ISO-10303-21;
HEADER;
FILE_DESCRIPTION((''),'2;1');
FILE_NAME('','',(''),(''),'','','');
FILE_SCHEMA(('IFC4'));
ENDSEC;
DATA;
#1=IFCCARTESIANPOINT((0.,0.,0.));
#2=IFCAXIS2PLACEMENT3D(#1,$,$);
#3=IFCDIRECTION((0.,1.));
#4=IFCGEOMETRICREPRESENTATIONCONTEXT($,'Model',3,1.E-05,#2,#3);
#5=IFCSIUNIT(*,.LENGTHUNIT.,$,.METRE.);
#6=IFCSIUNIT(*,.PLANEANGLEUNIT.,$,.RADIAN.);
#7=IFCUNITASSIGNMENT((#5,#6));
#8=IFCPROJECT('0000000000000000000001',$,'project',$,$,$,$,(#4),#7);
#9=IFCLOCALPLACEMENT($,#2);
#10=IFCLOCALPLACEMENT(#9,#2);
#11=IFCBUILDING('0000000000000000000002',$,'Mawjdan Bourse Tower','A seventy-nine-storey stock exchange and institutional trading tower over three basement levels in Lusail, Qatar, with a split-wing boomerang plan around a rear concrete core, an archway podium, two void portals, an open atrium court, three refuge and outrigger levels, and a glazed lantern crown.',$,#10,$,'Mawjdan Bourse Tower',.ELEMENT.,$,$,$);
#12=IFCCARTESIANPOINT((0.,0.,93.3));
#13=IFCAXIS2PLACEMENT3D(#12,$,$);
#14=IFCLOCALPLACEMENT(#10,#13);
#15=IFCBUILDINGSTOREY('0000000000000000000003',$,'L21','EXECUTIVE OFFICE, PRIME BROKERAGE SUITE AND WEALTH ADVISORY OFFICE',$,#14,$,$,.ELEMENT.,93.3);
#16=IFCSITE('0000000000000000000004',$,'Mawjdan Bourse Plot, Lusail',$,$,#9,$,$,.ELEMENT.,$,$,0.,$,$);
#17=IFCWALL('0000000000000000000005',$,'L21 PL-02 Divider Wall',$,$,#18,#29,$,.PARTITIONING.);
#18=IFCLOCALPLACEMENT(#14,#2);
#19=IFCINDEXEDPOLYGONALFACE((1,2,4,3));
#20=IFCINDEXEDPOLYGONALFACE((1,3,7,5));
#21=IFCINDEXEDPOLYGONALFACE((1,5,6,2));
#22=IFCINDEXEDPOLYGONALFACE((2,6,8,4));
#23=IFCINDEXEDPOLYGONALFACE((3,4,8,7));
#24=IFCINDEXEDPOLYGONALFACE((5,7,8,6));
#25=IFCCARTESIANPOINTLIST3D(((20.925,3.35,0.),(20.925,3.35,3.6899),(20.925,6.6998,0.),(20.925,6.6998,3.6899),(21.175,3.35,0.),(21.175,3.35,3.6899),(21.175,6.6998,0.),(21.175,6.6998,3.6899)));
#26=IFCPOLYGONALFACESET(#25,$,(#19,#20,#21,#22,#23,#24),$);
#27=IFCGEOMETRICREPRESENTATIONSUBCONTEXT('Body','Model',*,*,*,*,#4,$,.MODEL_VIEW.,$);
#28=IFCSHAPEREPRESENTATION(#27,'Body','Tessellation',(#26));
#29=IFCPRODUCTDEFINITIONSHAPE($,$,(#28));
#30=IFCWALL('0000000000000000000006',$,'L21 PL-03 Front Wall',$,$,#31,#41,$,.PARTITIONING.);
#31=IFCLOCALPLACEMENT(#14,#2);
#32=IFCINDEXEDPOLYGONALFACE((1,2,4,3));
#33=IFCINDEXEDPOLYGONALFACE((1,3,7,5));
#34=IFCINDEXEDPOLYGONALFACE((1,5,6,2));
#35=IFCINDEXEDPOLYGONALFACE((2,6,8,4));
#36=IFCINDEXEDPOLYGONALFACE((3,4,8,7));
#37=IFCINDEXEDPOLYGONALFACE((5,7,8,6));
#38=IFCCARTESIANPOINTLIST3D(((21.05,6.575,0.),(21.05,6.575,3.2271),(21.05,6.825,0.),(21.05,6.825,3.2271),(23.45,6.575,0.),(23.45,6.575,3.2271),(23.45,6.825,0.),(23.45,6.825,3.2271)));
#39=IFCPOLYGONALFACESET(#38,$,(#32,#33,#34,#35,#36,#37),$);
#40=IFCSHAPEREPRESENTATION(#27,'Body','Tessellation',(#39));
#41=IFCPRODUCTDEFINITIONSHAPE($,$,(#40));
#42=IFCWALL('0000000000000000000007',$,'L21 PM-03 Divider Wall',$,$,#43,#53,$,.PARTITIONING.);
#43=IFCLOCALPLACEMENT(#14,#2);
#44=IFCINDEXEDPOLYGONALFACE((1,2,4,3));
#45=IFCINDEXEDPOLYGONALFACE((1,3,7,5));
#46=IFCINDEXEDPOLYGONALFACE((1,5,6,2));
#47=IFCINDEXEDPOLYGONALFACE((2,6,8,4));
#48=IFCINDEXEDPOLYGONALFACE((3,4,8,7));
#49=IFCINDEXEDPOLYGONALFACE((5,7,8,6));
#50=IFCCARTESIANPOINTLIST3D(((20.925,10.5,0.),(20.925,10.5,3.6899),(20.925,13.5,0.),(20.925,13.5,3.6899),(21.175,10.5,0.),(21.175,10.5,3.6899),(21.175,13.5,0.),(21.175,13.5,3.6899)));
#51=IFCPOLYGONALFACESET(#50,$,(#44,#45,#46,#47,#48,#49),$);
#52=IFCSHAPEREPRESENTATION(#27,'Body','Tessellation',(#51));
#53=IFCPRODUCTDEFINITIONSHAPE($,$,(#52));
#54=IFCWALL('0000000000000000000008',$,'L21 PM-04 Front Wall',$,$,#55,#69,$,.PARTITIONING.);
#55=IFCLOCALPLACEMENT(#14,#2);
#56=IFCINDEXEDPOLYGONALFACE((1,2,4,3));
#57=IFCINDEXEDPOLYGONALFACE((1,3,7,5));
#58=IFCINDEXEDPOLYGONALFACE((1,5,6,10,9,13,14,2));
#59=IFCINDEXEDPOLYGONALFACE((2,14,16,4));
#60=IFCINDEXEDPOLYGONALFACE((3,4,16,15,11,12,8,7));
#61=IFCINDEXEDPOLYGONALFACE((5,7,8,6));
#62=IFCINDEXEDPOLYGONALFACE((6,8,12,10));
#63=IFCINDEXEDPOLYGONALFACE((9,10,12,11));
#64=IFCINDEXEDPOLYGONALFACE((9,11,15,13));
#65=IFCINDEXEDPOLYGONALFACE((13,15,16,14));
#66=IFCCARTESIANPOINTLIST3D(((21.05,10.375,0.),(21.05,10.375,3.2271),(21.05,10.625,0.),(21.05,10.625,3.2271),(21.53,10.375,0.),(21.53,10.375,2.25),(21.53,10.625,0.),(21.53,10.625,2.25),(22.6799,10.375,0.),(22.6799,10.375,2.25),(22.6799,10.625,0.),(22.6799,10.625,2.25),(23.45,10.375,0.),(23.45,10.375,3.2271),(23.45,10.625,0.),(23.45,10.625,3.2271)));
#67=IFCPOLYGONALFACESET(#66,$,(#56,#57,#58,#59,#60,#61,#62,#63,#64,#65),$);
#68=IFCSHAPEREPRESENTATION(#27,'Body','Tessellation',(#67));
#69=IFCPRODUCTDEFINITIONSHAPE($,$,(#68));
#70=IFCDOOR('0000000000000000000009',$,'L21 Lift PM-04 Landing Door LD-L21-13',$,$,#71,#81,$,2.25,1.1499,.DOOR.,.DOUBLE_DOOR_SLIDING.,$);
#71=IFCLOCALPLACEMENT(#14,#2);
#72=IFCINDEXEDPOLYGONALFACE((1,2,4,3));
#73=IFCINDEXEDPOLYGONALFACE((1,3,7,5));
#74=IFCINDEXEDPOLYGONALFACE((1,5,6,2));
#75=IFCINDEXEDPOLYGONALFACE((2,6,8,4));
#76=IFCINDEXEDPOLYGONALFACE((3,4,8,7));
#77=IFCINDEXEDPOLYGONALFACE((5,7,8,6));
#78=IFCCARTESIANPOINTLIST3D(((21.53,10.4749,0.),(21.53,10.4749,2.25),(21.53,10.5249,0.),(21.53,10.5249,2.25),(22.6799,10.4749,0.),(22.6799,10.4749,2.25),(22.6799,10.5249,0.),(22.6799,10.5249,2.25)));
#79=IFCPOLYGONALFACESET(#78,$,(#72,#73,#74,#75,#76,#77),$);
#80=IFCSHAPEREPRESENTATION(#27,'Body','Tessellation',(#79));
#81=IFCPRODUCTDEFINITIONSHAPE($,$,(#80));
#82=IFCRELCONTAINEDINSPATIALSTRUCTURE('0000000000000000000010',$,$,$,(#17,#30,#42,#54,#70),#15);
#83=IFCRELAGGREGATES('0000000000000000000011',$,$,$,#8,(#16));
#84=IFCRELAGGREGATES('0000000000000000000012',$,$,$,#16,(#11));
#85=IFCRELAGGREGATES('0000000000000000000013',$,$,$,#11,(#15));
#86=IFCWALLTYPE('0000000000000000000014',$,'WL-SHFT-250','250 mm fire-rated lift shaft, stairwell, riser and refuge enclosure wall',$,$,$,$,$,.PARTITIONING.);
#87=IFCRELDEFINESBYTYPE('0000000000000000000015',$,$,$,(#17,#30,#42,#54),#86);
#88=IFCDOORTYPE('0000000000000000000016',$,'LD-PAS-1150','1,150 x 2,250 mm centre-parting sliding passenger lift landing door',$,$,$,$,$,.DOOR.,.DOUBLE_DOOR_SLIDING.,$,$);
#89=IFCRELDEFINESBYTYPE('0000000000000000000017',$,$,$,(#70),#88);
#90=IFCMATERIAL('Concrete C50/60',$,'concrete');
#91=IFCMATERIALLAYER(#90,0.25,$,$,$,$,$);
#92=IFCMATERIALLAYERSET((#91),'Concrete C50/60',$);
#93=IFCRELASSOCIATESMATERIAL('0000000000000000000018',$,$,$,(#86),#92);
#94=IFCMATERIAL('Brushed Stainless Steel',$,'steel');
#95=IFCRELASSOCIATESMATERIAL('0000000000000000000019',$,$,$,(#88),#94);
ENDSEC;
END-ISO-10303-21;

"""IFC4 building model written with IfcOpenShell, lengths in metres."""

from ifc_helpers import new_model, si_unit, direction, frame, frame_2d, origin, place, context, subcontext, project, spatial, rectangle, extrude, material, layer, layer_set, type_object, element, fill, save


model = new_model("IFC4")

# Units and contexts
model_context = context("Model", 3, precision=1e-05, world=origin(), true_north=direction((0.0, 1.0)))
body_context = subcontext(model_context, "Body", "Model", "MODEL_VIEW")
ifc_project = project(units=[si_unit("LENGTHUNIT", "METRE"), si_unit("PLANEANGLEUNIT", "RADIAN")], contexts=[model_context])

# Site, building, storey
site_placement = place(None, origin())
site = spatial("IfcSite", under=ifc_project, at=site_placement, Name="Mawjdan Bourse Plot, Lusail", CompositionType="ELEMENT", RefElevation=0.0)
building_placement = place(site_placement, origin())
building = spatial("IfcBuilding", under=site, at=building_placement, Name="Mawjdan Bourse Tower", Description="A seventy-nine-storey stock exchange and institutional trading tower over three basement levels in Lusail, Qatar, with a split-wing boomerang plan around a rear concrete core, an archway podium, two void portals, an open atrium court, three refuge and outrigger levels, and a glazed lantern crown.", LongName="Mawjdan Bourse Tower", CompositionType="ELEMENT")
storey_placement = place(building_placement, frame((0.0, 0.0, 93.3)))
storey = spatial("IfcBuildingStorey", under=building, at=storey_placement, Name="L21", Description="EXECUTIVE OFFICE, PRIME BROKERAGE SUITE AND WEALTH ADVISORY OFFICE", CompositionType="ELEMENT", Elevation=93.3)

# Walls
ifc_material_1 = material(Name="Concrete C50/60", Category="concrete")
ifc_layer_1 = layer(ifc_material_1, 0.25)
ifc_layer_set_1 = layer_set([ifc_layer_1], Name="Concrete C50/60")
wall_type_1 = type_object("IfcWallType", Name="WL-SHFT-250", Description="250 mm fire-rated lift shaft, stairwell, riser and refuge enclosure wall", PredefinedType="PARTITIONING", material=ifc_layer_set_1)
wall_1_placement = place(storey_placement, frame((21.05, 3.3501, 0.0), z_axis=(0.0, 0.0, 1.0), x_axis=(0.0, 1.0, 0.0)))
element("IfcWall", 1, at=wall_1_placement, inside=storey, type_object=wall_type_1, Name="L21 PL-02 Divider Wall", PredefinedType="PARTITIONING", context=body_context, shape_type="SweptSolid", body=[
    extrude(rectangle(XDim=3.3499, YDim=0.25, at=frame_2d((1.6748, 0.0))), origin(), (0.0, 0.0, 1.0), 3.6899),
])
wall_2_placement = place(storey_placement, frame((21.05, 6.7, 0.0), z_axis=(0.0, 0.0, 1.0), x_axis=(1.0, 0.0, 0.0)))
element("IfcWall", 2, at=wall_2_placement, inside=storey, type_object=wall_type_1, Name="L21 PL-03 Front Wall", PredefinedType="PARTITIONING", context=body_context, shape_type="SweptSolid", body=[
    extrude(rectangle(XDim=2.3999, YDim=0.25, at=frame_2d((1.2, 0.0))), origin(), (0.0, 0.0, 1.0), 3.2271),
])
wall_3_placement = place(storey_placement, frame((21.05, 10.5, 0.0), z_axis=(0.0, 0.0, 1.0), x_axis=(0.0, 1.0, 0.0)))
element("IfcWall", 3, at=wall_3_placement, inside=storey, type_object=wall_type_1, Name="L21 PM-03 Divider Wall", PredefinedType="PARTITIONING", context=body_context, shape_type="SweptSolid", body=[
    extrude(rectangle(XDim=3.0, YDim=0.25, at=frame_2d((1.5, 0.0))), origin(), (0.0, 0.0, 1.0), 3.6899),
])

# Wall, opening, door
wall_4_placement = place(storey_placement, frame((21.05, 10.5, 0.0), z_axis=(0.0, 0.0, 1.0), x_axis=(1.0, 0.0, 0.0)))
wall_4 = element("IfcWall", 4, at=wall_4_placement, inside=storey, type_object=wall_type_1, Name="L21 PM-04 Front Wall", PredefinedType="PARTITIONING", context=body_context, shape_type="SweptSolid", body=[
    extrude(rectangle(XDim=2.3999, YDim=0.25, at=frame_2d((1.2, 0.0))), origin(), (0.0, 0.0, 1.0), 3.2271),
])
opening_1_placement = place(wall_4_placement, frame((0.48, 0.0, 0.0)))
opening_1 = element("IfcOpeningElement", 5, at=opening_1_placement, cuts=wall_4, PredefinedType="OPENING", context=body_context, shape_type="SweptSolid", body=[
    extrude(rectangle(XDim=1.1499, YDim=2.25, at=frame_2d((0.575, 1.125))), frame((0.0, 0.135, 0.0), z_axis=(0.0, -1.0, 0.0), x_axis=(1.0, 0.0, 0.0)), (0.0, 0.0, 1.0), 0.27),
])
ifc_material_2 = material(Name="Brushed Stainless Steel", Category="steel")
door_type_1 = type_object("IfcDoorType", Name="LD-PAS-1150", Description="1,150 x 2,250 mm centre-parting sliding passenger lift landing door", OperationType="DOUBLE_DOOR_SLIDING", PredefinedType="DOOR", material=ifc_material_2)
door_1_placement = place(opening_1_placement, origin())
door_1 = element("IfcDoor", 6, at=door_1_placement, inside=storey, type_object=door_type_1, Name="L21 Lift PM-04 Landing Door LD-L21-13", OperationType="DOUBLE_DOOR_SLIDING", OverallHeight=2.25, OverallWidth=1.1499, PredefinedType="DOOR", context=body_context, shape_type="SweptSolid", body=[
    extrude(rectangle(XDim=1.1499, YDim=2.25, at=frame_2d((0.575, 1.125))), frame((0.0, 0.0249, 0.0), z_axis=(0.0, -1.0, 0.0), x_axis=(1.0, 0.0, 0.0)), (0.0, 0.0, 1.0), 0.05),
])
fill(opening_1, door_1)

save(model, "model.ifc")
